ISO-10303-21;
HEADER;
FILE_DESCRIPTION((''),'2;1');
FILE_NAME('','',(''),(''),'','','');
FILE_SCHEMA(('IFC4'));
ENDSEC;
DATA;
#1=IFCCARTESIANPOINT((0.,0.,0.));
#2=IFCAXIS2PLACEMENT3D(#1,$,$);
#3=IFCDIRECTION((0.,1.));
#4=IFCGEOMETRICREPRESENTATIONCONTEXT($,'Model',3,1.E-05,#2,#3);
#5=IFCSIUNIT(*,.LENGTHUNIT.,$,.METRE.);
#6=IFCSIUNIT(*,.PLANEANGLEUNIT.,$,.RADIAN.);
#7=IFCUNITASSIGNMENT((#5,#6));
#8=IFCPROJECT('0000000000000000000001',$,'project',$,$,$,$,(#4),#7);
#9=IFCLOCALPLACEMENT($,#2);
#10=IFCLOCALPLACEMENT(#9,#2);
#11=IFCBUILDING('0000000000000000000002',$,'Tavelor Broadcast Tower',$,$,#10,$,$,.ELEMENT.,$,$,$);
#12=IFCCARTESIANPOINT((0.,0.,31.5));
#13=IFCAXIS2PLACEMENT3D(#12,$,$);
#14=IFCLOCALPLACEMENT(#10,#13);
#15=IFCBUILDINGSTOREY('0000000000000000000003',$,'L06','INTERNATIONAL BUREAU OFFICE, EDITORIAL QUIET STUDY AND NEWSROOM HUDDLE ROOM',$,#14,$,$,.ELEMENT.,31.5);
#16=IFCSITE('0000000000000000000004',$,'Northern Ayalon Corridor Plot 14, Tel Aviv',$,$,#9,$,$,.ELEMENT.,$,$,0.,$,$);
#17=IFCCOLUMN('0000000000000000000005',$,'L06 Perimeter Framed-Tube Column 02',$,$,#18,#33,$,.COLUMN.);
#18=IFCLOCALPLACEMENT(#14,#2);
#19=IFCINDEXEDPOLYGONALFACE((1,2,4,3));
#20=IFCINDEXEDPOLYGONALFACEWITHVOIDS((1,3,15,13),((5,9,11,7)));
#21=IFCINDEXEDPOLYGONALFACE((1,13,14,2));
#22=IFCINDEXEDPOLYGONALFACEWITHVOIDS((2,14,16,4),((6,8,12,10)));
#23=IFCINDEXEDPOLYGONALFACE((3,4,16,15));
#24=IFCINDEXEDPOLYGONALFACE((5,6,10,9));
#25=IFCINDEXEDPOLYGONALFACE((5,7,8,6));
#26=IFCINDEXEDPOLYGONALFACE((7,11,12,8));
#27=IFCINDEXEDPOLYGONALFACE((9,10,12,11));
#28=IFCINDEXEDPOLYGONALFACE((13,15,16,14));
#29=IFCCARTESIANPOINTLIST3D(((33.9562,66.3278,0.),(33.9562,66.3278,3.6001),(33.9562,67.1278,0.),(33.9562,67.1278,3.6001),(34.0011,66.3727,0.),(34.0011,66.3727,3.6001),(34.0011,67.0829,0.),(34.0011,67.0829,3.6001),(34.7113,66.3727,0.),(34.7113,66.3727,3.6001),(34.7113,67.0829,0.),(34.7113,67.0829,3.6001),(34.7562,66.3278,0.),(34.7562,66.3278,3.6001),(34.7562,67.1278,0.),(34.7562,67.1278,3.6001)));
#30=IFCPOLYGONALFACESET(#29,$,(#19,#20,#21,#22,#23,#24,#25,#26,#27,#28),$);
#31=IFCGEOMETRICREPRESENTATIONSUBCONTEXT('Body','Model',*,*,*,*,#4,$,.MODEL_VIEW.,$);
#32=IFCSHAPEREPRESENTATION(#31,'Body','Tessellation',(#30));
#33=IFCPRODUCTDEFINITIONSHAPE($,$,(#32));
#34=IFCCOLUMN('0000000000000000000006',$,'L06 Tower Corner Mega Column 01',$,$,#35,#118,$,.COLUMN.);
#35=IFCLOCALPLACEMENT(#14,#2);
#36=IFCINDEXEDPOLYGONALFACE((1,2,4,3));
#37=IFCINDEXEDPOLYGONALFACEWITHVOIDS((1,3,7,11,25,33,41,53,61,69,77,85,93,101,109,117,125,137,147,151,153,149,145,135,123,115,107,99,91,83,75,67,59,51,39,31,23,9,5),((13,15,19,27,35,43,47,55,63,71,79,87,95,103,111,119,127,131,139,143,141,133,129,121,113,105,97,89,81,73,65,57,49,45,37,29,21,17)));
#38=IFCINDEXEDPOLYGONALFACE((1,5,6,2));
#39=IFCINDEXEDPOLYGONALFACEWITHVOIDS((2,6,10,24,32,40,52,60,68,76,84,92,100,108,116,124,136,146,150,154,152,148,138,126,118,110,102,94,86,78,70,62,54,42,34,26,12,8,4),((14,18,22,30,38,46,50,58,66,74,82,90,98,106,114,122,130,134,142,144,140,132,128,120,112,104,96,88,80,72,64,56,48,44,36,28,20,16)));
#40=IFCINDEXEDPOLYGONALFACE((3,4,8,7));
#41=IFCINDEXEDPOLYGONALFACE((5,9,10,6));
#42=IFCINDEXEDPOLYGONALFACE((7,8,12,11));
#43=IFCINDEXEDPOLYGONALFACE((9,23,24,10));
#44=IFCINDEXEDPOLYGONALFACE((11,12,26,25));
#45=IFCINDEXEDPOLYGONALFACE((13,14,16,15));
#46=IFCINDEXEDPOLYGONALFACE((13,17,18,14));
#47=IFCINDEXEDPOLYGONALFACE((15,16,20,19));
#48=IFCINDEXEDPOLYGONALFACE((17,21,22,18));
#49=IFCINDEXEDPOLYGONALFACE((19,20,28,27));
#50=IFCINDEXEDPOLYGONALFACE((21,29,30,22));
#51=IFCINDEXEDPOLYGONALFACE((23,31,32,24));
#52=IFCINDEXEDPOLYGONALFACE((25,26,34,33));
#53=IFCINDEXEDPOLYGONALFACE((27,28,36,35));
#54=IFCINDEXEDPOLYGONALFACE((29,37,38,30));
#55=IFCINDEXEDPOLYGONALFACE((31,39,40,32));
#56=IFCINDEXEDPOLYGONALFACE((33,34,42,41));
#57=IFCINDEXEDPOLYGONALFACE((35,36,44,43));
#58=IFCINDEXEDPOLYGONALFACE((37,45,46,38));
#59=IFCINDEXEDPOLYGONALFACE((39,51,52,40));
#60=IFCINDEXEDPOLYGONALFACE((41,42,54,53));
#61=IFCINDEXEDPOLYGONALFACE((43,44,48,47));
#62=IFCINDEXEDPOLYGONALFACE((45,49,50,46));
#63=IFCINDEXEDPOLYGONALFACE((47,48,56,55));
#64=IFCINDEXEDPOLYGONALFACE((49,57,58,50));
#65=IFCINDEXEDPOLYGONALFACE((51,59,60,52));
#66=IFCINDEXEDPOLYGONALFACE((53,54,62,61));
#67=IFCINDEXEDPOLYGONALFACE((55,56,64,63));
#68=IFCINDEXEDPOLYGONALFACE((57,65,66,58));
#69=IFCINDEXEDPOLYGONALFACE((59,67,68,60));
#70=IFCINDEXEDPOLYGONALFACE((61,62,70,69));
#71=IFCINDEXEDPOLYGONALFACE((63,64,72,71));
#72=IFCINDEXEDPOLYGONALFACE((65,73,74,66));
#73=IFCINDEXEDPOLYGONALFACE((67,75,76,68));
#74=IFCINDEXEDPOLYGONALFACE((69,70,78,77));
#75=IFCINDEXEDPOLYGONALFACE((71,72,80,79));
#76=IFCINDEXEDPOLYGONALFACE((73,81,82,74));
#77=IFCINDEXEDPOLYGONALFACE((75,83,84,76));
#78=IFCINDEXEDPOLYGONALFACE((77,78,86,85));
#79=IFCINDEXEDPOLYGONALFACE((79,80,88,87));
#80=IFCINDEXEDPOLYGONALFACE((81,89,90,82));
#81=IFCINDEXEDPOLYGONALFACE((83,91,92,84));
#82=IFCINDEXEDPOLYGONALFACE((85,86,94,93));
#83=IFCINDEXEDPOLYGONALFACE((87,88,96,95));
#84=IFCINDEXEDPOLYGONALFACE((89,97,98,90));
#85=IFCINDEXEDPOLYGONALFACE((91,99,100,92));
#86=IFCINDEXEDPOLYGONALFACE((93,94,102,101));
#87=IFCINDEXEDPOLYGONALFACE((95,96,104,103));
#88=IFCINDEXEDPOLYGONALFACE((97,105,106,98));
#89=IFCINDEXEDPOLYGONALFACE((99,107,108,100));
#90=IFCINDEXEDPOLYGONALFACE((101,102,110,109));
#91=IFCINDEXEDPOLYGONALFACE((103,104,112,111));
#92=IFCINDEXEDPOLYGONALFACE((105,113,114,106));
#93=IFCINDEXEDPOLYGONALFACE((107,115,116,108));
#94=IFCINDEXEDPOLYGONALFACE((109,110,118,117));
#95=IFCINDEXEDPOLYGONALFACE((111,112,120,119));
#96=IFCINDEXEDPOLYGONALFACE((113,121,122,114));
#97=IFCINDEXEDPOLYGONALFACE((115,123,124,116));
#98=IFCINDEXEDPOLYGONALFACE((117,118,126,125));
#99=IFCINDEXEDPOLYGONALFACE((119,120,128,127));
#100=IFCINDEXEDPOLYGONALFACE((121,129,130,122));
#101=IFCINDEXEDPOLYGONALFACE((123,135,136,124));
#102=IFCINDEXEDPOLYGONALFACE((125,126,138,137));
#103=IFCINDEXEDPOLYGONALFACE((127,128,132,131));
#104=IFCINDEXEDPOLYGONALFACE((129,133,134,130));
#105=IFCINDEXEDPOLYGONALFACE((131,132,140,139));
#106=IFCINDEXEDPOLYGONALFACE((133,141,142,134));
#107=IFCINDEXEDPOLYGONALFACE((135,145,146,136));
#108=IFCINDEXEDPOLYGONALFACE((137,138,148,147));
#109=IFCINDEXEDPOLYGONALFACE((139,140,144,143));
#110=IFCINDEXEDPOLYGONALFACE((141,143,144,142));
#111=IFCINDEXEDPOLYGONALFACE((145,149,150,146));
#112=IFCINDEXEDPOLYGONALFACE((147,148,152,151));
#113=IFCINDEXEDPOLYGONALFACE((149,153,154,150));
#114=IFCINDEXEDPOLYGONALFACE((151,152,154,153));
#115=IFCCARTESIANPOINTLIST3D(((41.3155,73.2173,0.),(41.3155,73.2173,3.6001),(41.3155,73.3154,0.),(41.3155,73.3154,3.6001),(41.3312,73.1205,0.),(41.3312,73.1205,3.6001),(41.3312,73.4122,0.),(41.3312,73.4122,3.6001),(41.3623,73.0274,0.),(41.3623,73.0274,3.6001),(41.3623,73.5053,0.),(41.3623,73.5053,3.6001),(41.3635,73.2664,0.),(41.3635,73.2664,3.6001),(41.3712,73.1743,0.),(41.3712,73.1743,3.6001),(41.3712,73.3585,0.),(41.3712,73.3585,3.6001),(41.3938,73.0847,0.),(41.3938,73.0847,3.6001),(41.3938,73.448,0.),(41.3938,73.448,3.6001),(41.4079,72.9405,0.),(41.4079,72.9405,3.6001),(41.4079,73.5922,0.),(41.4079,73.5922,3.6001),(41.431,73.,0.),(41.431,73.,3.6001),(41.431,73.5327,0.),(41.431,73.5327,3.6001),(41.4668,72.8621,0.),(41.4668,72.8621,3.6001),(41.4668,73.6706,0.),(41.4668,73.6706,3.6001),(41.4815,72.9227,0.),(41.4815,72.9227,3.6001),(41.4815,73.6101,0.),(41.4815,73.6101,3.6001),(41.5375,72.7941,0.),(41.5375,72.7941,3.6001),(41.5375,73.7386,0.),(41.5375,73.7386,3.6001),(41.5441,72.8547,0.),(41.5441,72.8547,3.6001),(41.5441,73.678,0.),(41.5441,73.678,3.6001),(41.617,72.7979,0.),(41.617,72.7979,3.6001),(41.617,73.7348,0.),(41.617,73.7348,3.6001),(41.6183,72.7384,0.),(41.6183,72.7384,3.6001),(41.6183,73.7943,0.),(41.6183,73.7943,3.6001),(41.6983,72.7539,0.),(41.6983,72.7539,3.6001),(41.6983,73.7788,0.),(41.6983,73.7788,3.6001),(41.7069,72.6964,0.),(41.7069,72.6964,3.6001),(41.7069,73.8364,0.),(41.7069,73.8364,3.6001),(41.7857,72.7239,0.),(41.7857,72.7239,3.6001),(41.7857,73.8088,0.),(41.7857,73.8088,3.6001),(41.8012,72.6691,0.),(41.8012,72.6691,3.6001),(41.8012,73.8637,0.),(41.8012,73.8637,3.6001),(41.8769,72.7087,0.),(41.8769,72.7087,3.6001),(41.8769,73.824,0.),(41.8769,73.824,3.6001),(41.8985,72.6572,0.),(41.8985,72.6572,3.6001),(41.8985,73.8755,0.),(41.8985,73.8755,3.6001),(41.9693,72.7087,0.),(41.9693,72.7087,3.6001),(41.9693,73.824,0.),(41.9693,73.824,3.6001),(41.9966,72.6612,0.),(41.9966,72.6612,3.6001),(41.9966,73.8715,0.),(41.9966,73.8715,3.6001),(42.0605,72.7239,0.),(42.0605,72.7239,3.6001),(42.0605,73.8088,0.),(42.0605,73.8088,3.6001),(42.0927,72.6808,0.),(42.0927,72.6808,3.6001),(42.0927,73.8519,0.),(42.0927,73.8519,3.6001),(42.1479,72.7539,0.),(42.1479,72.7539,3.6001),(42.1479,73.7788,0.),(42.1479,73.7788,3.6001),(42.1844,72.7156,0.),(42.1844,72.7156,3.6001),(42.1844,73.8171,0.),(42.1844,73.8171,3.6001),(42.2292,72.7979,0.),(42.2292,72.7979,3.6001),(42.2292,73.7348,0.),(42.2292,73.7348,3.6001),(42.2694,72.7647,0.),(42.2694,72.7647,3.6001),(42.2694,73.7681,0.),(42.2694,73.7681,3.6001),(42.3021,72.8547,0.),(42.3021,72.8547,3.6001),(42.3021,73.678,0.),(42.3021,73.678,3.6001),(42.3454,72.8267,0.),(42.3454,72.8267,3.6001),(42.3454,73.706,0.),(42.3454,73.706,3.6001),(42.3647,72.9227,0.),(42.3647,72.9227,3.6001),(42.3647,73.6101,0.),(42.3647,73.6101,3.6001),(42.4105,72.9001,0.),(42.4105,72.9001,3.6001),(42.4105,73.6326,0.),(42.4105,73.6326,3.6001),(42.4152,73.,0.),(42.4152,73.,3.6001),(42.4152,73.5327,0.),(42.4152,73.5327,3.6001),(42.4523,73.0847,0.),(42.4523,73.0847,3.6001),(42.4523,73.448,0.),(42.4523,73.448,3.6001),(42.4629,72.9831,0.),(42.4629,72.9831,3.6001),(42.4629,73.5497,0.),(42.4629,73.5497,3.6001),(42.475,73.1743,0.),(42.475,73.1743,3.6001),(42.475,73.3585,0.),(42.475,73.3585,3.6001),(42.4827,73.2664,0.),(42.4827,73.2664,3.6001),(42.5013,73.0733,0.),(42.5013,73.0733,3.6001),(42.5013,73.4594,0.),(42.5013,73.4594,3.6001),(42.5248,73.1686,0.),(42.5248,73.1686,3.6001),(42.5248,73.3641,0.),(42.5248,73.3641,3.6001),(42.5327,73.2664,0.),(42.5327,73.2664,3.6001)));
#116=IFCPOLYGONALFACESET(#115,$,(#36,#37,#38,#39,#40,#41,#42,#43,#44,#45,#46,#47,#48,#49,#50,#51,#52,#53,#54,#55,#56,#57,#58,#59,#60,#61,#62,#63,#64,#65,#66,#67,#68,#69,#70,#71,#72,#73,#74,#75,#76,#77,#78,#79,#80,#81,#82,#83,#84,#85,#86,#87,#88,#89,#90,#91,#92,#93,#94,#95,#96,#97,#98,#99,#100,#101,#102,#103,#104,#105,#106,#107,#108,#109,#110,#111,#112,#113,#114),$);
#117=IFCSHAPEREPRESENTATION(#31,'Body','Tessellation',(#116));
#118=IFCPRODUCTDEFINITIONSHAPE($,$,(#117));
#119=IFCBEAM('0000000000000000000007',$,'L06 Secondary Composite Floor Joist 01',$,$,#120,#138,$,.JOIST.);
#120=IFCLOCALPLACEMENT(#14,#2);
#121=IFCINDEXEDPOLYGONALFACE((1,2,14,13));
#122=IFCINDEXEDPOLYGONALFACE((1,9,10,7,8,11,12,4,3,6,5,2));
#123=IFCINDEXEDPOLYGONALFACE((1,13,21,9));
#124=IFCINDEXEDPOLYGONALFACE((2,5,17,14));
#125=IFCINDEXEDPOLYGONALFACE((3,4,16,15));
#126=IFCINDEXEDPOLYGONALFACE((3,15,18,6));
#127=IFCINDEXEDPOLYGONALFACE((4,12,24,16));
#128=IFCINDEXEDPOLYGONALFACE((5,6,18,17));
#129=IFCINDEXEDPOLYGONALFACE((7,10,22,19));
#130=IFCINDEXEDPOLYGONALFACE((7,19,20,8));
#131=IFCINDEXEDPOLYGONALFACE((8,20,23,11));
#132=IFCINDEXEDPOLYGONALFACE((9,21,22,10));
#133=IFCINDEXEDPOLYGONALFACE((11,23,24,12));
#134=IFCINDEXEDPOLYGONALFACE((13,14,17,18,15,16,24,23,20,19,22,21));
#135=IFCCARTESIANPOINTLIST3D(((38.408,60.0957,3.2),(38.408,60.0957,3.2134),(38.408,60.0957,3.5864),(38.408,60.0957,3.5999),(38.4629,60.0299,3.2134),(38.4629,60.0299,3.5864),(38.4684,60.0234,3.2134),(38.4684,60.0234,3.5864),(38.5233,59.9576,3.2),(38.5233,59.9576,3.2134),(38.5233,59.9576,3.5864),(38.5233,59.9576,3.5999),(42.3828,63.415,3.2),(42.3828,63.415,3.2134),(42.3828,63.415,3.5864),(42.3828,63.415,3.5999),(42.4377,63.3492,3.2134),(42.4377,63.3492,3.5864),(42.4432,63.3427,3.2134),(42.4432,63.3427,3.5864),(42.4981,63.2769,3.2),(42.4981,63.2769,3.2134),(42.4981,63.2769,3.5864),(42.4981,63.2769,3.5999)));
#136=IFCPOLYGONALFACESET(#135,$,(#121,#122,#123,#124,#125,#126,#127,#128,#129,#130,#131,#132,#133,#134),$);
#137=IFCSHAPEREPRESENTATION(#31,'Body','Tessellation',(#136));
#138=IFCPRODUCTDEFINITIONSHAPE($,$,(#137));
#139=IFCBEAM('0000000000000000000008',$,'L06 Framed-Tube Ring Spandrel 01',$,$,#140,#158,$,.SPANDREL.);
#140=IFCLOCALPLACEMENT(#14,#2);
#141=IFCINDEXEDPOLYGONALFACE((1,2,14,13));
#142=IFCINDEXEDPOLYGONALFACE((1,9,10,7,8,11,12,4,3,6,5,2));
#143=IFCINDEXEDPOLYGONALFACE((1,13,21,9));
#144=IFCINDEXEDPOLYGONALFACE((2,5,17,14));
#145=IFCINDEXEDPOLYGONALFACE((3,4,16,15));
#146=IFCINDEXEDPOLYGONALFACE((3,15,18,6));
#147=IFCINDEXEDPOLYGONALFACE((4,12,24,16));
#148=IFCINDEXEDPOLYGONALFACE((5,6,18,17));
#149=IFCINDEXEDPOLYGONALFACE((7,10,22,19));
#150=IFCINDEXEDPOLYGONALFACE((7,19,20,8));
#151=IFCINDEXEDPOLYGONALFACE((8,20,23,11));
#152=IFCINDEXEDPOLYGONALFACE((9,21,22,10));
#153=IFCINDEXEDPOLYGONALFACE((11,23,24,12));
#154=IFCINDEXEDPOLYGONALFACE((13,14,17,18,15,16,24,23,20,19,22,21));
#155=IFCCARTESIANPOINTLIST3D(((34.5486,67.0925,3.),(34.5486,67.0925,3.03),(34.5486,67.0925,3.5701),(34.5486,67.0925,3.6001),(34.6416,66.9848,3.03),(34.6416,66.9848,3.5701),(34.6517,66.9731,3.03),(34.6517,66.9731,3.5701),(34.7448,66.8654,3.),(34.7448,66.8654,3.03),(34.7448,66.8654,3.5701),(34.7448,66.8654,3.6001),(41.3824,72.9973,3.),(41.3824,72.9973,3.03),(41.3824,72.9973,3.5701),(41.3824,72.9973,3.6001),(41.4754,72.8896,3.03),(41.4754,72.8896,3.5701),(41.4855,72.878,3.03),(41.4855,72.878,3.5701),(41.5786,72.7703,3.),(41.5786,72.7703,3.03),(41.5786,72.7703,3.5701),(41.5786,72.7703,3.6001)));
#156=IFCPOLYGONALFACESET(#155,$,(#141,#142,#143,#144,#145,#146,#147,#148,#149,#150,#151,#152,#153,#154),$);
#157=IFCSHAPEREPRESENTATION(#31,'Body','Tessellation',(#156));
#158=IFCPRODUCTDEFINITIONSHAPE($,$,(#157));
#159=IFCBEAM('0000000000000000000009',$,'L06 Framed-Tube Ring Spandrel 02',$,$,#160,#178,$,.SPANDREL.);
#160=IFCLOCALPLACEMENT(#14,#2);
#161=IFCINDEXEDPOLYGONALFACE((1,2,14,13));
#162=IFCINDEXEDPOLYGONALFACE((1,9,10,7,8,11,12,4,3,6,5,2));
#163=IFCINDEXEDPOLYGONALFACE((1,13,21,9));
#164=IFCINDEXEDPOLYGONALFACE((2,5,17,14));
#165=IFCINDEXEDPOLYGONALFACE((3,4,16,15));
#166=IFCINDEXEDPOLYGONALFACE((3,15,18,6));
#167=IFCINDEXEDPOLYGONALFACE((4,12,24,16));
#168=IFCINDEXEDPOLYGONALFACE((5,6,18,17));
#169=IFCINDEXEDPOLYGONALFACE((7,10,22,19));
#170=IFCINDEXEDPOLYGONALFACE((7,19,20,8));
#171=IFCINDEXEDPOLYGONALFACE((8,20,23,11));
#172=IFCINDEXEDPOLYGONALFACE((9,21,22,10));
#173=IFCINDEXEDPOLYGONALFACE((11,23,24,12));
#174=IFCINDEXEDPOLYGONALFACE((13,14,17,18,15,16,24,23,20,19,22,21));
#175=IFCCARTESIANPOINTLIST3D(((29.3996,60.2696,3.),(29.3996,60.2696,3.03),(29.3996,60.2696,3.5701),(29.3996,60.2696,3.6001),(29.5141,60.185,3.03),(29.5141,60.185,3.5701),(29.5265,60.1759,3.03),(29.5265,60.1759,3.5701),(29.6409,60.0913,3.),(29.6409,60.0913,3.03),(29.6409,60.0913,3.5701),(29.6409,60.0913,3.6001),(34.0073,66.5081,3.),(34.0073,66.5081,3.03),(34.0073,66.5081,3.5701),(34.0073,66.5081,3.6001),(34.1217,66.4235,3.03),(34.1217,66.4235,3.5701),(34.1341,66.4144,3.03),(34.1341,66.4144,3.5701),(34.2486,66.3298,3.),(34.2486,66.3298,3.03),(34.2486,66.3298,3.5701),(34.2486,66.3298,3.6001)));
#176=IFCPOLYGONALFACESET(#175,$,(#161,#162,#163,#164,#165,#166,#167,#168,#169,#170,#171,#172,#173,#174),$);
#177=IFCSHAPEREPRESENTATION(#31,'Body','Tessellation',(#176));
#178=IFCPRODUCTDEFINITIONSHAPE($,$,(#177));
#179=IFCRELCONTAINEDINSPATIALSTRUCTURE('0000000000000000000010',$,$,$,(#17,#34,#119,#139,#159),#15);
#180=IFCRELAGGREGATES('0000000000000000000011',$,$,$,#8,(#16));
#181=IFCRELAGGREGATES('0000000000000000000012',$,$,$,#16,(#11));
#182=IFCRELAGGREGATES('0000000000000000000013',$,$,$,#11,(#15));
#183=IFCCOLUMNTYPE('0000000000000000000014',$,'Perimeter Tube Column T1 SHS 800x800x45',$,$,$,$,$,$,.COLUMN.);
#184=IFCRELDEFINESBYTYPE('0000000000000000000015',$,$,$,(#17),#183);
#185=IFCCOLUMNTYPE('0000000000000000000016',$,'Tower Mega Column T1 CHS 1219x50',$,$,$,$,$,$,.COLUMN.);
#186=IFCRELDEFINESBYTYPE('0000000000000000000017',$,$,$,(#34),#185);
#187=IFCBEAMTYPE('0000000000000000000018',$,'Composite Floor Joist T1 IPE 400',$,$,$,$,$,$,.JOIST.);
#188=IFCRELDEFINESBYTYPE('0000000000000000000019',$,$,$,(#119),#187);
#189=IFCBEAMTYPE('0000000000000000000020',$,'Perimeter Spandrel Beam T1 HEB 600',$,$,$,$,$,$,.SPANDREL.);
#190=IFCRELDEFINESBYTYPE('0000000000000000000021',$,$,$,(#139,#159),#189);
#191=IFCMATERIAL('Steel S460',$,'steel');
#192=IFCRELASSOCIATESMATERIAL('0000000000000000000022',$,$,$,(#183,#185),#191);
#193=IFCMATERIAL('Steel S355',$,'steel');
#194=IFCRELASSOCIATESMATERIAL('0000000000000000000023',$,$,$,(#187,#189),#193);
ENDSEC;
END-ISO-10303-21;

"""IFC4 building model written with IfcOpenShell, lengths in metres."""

from ifc_helpers import new_model, si_unit, direction, frame, origin, origin_2d, place, context, subcontext, project, spatial, hollow_rectangle, hollow_circle, i_section, extrude, material, material_profile, profile_set, type_object, element, save


model = new_model("IFC4")

# Units and contexts
model_context = context("Model", 3, precision=1e-05, world=origin(), true_north=direction((0.0, 1.0)))
body_context = subcontext(model_context, "Body", "Model", "MODEL_VIEW")
ifc_project = project(units=[si_unit("LENGTHUNIT", "METRE"), si_unit("PLANEANGLEUNIT", "RADIAN")], contexts=[model_context])

# Site, building, storey
site_placement = place(None, origin())
site = spatial("IfcSite", under=ifc_project, at=site_placement, Name="Northern Ayalon Corridor Plot 14, Tel Aviv", CompositionType="ELEMENT", RefElevation=0.0)
building_placement = place(site_placement, origin())
building = spatial("IfcBuilding", under=site, at=building_placement, Name="Tavelor Broadcast Tower", CompositionType="ELEMENT")
storey_placement = place(building_placement, frame((0.0, 0.0, 31.5)))
storey = spatial("IfcBuildingStorey", under=building, at=storey_placement, Name="L06", Description="INTERNATIONAL BUREAU OFFICE, EDITORIAL QUIET STUDY AND NEWSROOM HUDDLE ROOM", CompositionType="ELEMENT", Elevation=31.5)

# Columns
ifc_material_1 = material(Name="Steel S460", Category="steel")
ifc_material_profile_1 = material_profile(ifc_material_1, hollow_rectangle(XDim=0.8, YDim=0.8, WallThickness=0.0449, at=origin_2d()), Name="SHS 800x800x45")
ifc_profile_set_1 = profile_set([ifc_material_profile_1], Name="Steel S460")
column_type_1 = type_object("IfcColumnType", Name="Perimeter Tube Column T1 SHS 800x800x45", PredefinedType="COLUMN", material=ifc_profile_set_1)
column_1_placement = place(storey_placement, frame((34.3562, 66.7278, 0.0), z_axis=(0.0, 0.0, 1.0), x_axis=(1.0, 0.0, 0.0)))
element("IfcColumn", 1, at=column_1_placement, inside=storey, type_object=column_type_1, Name="L06 Perimeter Framed-Tube Column 02", PredefinedType="COLUMN", context=body_context, shape_type="SweptSolid", body=[
    extrude(hollow_rectangle(XDim=0.8, YDim=0.8, WallThickness=0.0449, at=origin_2d()), origin(), (0.0, 0.0, 1.0), 3.6001),
])
ifc_material_profile_2 = material_profile(ifc_material_1, hollow_circle(Radius=0.6096, WallThickness=0.05, at=origin_2d()), Name="CHS 1219x50")
ifc_profile_set_2 = profile_set([ifc_material_profile_2], Name="Steel S460")
column_type_2 = type_object("IfcColumnType", Name="Tower Mega Column T1 CHS 1219x50", PredefinedType="COLUMN", material=ifc_profile_set_2)
column_2_placement = place(storey_placement, frame((41.9231, 73.2664, 0.0), z_axis=(0.0, 0.0, 1.0), x_axis=(1.0, 0.0, 0.0)))
element("IfcColumn", 2, at=column_2_placement, inside=storey, type_object=column_type_2, Name="L06 Tower Corner Mega Column 01", PredefinedType="COLUMN", context=body_context, shape_type="SweptSolid", body=[
    extrude(hollow_circle(Radius=0.6096, WallThickness=0.05, at=origin_2d()), origin(), (0.0, 0.0, 1.0), 3.6001),
])

# Beams
ifc_material_2 = material(Name="Steel S355", Category="steel")
ifc_material_profile_3 = material_profile(ifc_material_2, i_section(OverallWidth=0.1799, OverallDepth=0.3999, WebThickness=0.0085, FlangeThickness=0.0134, at=origin_2d()), Name="IPE 400")
ifc_profile_set_3 = profile_set([ifc_material_profile_3], Name="Steel S355")
beam_type_1 = type_object("IfcBeamType", Name="Composite Floor Joist T1 IPE 400", PredefinedType="JOIST", material=ifc_profile_set_3)
beam_1_placement = place(storey_placement, frame((42.4404, 63.3459, 3.3999), z_axis=(-0.76756, -0.640977, 0.0), x_axis=(0.640977, -0.76756, 0.0)))
element("IfcBeam", 3, at=beam_1_placement, inside=storey, type_object=beam_type_1, Name="L06 Secondary Composite Floor Joist 01", PredefinedType="JOIST", context=body_context, shape_type="SweptSolid", body=[
    extrude(i_section(OverallWidth=0.1799, OverallDepth=0.3999, WebThickness=0.0085, FlangeThickness=0.0134, at=origin_2d()), origin(), (0.0, 0.0, 1.0), 5.1785),
])
ifc_material_profile_4 = material_profile(ifc_material_2, i_section(OverallWidth=0.3, OverallDepth=0.6001, WebThickness=0.0154, FlangeThickness=0.03, at=origin_2d()), Name="HEB 600")
ifc_profile_set_4 = profile_set([ifc_material_profile_4], Name="Steel S355")
beam_type_2 = type_object("IfcBeamType", Name="Perimeter Spandrel Beam T1 HEB 600", PredefinedType="SPANDREL", material=ifc_profile_set_4)
beam_2_placement = place(storey_placement, frame((41.4805, 72.8838, 3.3), z_axis=(-0.756663, -0.653805, 0.0), x_axis=(0.653805, -0.756663, 0.0)))
element("IfcBeam", 4, at=beam_2_placement, inside=storey, type_object=beam_type_2, Name="L06 Framed-Tube Ring Spandrel 01", PredefinedType="SPANDREL", context=body_context, shape_type="SweptSolid", body=[
    extrude(i_section(OverallWidth=0.3, OverallDepth=0.6001, WebThickness=0.0154, FlangeThickness=0.03, at=origin_2d()), origin(), (0.0, 0.0, 1.0), 9.0315),
])
beam_3_placement = place(storey_placement, frame((34.1279, 66.4189, 3.3), z_axis=(-0.594106, -0.804387, 0.0), x_axis=(0.804387, -0.594106, 0.0)))
element("IfcBeam", 5, at=beam_3_placement, inside=storey, type_object=beam_type_2, Name="L06 Framed-Tube Ring Spandrel 02", PredefinedType="SPANDREL", context=body_context, shape_type="SweptSolid", body=[
    extrude(i_section(OverallWidth=0.3, OverallDepth=0.6001, WebThickness=0.0154, FlangeThickness=0.03, at=origin_2d()), origin(), (0.0, 0.0, 1.0), 7.7556),
])

save(model, "model.ifc")
